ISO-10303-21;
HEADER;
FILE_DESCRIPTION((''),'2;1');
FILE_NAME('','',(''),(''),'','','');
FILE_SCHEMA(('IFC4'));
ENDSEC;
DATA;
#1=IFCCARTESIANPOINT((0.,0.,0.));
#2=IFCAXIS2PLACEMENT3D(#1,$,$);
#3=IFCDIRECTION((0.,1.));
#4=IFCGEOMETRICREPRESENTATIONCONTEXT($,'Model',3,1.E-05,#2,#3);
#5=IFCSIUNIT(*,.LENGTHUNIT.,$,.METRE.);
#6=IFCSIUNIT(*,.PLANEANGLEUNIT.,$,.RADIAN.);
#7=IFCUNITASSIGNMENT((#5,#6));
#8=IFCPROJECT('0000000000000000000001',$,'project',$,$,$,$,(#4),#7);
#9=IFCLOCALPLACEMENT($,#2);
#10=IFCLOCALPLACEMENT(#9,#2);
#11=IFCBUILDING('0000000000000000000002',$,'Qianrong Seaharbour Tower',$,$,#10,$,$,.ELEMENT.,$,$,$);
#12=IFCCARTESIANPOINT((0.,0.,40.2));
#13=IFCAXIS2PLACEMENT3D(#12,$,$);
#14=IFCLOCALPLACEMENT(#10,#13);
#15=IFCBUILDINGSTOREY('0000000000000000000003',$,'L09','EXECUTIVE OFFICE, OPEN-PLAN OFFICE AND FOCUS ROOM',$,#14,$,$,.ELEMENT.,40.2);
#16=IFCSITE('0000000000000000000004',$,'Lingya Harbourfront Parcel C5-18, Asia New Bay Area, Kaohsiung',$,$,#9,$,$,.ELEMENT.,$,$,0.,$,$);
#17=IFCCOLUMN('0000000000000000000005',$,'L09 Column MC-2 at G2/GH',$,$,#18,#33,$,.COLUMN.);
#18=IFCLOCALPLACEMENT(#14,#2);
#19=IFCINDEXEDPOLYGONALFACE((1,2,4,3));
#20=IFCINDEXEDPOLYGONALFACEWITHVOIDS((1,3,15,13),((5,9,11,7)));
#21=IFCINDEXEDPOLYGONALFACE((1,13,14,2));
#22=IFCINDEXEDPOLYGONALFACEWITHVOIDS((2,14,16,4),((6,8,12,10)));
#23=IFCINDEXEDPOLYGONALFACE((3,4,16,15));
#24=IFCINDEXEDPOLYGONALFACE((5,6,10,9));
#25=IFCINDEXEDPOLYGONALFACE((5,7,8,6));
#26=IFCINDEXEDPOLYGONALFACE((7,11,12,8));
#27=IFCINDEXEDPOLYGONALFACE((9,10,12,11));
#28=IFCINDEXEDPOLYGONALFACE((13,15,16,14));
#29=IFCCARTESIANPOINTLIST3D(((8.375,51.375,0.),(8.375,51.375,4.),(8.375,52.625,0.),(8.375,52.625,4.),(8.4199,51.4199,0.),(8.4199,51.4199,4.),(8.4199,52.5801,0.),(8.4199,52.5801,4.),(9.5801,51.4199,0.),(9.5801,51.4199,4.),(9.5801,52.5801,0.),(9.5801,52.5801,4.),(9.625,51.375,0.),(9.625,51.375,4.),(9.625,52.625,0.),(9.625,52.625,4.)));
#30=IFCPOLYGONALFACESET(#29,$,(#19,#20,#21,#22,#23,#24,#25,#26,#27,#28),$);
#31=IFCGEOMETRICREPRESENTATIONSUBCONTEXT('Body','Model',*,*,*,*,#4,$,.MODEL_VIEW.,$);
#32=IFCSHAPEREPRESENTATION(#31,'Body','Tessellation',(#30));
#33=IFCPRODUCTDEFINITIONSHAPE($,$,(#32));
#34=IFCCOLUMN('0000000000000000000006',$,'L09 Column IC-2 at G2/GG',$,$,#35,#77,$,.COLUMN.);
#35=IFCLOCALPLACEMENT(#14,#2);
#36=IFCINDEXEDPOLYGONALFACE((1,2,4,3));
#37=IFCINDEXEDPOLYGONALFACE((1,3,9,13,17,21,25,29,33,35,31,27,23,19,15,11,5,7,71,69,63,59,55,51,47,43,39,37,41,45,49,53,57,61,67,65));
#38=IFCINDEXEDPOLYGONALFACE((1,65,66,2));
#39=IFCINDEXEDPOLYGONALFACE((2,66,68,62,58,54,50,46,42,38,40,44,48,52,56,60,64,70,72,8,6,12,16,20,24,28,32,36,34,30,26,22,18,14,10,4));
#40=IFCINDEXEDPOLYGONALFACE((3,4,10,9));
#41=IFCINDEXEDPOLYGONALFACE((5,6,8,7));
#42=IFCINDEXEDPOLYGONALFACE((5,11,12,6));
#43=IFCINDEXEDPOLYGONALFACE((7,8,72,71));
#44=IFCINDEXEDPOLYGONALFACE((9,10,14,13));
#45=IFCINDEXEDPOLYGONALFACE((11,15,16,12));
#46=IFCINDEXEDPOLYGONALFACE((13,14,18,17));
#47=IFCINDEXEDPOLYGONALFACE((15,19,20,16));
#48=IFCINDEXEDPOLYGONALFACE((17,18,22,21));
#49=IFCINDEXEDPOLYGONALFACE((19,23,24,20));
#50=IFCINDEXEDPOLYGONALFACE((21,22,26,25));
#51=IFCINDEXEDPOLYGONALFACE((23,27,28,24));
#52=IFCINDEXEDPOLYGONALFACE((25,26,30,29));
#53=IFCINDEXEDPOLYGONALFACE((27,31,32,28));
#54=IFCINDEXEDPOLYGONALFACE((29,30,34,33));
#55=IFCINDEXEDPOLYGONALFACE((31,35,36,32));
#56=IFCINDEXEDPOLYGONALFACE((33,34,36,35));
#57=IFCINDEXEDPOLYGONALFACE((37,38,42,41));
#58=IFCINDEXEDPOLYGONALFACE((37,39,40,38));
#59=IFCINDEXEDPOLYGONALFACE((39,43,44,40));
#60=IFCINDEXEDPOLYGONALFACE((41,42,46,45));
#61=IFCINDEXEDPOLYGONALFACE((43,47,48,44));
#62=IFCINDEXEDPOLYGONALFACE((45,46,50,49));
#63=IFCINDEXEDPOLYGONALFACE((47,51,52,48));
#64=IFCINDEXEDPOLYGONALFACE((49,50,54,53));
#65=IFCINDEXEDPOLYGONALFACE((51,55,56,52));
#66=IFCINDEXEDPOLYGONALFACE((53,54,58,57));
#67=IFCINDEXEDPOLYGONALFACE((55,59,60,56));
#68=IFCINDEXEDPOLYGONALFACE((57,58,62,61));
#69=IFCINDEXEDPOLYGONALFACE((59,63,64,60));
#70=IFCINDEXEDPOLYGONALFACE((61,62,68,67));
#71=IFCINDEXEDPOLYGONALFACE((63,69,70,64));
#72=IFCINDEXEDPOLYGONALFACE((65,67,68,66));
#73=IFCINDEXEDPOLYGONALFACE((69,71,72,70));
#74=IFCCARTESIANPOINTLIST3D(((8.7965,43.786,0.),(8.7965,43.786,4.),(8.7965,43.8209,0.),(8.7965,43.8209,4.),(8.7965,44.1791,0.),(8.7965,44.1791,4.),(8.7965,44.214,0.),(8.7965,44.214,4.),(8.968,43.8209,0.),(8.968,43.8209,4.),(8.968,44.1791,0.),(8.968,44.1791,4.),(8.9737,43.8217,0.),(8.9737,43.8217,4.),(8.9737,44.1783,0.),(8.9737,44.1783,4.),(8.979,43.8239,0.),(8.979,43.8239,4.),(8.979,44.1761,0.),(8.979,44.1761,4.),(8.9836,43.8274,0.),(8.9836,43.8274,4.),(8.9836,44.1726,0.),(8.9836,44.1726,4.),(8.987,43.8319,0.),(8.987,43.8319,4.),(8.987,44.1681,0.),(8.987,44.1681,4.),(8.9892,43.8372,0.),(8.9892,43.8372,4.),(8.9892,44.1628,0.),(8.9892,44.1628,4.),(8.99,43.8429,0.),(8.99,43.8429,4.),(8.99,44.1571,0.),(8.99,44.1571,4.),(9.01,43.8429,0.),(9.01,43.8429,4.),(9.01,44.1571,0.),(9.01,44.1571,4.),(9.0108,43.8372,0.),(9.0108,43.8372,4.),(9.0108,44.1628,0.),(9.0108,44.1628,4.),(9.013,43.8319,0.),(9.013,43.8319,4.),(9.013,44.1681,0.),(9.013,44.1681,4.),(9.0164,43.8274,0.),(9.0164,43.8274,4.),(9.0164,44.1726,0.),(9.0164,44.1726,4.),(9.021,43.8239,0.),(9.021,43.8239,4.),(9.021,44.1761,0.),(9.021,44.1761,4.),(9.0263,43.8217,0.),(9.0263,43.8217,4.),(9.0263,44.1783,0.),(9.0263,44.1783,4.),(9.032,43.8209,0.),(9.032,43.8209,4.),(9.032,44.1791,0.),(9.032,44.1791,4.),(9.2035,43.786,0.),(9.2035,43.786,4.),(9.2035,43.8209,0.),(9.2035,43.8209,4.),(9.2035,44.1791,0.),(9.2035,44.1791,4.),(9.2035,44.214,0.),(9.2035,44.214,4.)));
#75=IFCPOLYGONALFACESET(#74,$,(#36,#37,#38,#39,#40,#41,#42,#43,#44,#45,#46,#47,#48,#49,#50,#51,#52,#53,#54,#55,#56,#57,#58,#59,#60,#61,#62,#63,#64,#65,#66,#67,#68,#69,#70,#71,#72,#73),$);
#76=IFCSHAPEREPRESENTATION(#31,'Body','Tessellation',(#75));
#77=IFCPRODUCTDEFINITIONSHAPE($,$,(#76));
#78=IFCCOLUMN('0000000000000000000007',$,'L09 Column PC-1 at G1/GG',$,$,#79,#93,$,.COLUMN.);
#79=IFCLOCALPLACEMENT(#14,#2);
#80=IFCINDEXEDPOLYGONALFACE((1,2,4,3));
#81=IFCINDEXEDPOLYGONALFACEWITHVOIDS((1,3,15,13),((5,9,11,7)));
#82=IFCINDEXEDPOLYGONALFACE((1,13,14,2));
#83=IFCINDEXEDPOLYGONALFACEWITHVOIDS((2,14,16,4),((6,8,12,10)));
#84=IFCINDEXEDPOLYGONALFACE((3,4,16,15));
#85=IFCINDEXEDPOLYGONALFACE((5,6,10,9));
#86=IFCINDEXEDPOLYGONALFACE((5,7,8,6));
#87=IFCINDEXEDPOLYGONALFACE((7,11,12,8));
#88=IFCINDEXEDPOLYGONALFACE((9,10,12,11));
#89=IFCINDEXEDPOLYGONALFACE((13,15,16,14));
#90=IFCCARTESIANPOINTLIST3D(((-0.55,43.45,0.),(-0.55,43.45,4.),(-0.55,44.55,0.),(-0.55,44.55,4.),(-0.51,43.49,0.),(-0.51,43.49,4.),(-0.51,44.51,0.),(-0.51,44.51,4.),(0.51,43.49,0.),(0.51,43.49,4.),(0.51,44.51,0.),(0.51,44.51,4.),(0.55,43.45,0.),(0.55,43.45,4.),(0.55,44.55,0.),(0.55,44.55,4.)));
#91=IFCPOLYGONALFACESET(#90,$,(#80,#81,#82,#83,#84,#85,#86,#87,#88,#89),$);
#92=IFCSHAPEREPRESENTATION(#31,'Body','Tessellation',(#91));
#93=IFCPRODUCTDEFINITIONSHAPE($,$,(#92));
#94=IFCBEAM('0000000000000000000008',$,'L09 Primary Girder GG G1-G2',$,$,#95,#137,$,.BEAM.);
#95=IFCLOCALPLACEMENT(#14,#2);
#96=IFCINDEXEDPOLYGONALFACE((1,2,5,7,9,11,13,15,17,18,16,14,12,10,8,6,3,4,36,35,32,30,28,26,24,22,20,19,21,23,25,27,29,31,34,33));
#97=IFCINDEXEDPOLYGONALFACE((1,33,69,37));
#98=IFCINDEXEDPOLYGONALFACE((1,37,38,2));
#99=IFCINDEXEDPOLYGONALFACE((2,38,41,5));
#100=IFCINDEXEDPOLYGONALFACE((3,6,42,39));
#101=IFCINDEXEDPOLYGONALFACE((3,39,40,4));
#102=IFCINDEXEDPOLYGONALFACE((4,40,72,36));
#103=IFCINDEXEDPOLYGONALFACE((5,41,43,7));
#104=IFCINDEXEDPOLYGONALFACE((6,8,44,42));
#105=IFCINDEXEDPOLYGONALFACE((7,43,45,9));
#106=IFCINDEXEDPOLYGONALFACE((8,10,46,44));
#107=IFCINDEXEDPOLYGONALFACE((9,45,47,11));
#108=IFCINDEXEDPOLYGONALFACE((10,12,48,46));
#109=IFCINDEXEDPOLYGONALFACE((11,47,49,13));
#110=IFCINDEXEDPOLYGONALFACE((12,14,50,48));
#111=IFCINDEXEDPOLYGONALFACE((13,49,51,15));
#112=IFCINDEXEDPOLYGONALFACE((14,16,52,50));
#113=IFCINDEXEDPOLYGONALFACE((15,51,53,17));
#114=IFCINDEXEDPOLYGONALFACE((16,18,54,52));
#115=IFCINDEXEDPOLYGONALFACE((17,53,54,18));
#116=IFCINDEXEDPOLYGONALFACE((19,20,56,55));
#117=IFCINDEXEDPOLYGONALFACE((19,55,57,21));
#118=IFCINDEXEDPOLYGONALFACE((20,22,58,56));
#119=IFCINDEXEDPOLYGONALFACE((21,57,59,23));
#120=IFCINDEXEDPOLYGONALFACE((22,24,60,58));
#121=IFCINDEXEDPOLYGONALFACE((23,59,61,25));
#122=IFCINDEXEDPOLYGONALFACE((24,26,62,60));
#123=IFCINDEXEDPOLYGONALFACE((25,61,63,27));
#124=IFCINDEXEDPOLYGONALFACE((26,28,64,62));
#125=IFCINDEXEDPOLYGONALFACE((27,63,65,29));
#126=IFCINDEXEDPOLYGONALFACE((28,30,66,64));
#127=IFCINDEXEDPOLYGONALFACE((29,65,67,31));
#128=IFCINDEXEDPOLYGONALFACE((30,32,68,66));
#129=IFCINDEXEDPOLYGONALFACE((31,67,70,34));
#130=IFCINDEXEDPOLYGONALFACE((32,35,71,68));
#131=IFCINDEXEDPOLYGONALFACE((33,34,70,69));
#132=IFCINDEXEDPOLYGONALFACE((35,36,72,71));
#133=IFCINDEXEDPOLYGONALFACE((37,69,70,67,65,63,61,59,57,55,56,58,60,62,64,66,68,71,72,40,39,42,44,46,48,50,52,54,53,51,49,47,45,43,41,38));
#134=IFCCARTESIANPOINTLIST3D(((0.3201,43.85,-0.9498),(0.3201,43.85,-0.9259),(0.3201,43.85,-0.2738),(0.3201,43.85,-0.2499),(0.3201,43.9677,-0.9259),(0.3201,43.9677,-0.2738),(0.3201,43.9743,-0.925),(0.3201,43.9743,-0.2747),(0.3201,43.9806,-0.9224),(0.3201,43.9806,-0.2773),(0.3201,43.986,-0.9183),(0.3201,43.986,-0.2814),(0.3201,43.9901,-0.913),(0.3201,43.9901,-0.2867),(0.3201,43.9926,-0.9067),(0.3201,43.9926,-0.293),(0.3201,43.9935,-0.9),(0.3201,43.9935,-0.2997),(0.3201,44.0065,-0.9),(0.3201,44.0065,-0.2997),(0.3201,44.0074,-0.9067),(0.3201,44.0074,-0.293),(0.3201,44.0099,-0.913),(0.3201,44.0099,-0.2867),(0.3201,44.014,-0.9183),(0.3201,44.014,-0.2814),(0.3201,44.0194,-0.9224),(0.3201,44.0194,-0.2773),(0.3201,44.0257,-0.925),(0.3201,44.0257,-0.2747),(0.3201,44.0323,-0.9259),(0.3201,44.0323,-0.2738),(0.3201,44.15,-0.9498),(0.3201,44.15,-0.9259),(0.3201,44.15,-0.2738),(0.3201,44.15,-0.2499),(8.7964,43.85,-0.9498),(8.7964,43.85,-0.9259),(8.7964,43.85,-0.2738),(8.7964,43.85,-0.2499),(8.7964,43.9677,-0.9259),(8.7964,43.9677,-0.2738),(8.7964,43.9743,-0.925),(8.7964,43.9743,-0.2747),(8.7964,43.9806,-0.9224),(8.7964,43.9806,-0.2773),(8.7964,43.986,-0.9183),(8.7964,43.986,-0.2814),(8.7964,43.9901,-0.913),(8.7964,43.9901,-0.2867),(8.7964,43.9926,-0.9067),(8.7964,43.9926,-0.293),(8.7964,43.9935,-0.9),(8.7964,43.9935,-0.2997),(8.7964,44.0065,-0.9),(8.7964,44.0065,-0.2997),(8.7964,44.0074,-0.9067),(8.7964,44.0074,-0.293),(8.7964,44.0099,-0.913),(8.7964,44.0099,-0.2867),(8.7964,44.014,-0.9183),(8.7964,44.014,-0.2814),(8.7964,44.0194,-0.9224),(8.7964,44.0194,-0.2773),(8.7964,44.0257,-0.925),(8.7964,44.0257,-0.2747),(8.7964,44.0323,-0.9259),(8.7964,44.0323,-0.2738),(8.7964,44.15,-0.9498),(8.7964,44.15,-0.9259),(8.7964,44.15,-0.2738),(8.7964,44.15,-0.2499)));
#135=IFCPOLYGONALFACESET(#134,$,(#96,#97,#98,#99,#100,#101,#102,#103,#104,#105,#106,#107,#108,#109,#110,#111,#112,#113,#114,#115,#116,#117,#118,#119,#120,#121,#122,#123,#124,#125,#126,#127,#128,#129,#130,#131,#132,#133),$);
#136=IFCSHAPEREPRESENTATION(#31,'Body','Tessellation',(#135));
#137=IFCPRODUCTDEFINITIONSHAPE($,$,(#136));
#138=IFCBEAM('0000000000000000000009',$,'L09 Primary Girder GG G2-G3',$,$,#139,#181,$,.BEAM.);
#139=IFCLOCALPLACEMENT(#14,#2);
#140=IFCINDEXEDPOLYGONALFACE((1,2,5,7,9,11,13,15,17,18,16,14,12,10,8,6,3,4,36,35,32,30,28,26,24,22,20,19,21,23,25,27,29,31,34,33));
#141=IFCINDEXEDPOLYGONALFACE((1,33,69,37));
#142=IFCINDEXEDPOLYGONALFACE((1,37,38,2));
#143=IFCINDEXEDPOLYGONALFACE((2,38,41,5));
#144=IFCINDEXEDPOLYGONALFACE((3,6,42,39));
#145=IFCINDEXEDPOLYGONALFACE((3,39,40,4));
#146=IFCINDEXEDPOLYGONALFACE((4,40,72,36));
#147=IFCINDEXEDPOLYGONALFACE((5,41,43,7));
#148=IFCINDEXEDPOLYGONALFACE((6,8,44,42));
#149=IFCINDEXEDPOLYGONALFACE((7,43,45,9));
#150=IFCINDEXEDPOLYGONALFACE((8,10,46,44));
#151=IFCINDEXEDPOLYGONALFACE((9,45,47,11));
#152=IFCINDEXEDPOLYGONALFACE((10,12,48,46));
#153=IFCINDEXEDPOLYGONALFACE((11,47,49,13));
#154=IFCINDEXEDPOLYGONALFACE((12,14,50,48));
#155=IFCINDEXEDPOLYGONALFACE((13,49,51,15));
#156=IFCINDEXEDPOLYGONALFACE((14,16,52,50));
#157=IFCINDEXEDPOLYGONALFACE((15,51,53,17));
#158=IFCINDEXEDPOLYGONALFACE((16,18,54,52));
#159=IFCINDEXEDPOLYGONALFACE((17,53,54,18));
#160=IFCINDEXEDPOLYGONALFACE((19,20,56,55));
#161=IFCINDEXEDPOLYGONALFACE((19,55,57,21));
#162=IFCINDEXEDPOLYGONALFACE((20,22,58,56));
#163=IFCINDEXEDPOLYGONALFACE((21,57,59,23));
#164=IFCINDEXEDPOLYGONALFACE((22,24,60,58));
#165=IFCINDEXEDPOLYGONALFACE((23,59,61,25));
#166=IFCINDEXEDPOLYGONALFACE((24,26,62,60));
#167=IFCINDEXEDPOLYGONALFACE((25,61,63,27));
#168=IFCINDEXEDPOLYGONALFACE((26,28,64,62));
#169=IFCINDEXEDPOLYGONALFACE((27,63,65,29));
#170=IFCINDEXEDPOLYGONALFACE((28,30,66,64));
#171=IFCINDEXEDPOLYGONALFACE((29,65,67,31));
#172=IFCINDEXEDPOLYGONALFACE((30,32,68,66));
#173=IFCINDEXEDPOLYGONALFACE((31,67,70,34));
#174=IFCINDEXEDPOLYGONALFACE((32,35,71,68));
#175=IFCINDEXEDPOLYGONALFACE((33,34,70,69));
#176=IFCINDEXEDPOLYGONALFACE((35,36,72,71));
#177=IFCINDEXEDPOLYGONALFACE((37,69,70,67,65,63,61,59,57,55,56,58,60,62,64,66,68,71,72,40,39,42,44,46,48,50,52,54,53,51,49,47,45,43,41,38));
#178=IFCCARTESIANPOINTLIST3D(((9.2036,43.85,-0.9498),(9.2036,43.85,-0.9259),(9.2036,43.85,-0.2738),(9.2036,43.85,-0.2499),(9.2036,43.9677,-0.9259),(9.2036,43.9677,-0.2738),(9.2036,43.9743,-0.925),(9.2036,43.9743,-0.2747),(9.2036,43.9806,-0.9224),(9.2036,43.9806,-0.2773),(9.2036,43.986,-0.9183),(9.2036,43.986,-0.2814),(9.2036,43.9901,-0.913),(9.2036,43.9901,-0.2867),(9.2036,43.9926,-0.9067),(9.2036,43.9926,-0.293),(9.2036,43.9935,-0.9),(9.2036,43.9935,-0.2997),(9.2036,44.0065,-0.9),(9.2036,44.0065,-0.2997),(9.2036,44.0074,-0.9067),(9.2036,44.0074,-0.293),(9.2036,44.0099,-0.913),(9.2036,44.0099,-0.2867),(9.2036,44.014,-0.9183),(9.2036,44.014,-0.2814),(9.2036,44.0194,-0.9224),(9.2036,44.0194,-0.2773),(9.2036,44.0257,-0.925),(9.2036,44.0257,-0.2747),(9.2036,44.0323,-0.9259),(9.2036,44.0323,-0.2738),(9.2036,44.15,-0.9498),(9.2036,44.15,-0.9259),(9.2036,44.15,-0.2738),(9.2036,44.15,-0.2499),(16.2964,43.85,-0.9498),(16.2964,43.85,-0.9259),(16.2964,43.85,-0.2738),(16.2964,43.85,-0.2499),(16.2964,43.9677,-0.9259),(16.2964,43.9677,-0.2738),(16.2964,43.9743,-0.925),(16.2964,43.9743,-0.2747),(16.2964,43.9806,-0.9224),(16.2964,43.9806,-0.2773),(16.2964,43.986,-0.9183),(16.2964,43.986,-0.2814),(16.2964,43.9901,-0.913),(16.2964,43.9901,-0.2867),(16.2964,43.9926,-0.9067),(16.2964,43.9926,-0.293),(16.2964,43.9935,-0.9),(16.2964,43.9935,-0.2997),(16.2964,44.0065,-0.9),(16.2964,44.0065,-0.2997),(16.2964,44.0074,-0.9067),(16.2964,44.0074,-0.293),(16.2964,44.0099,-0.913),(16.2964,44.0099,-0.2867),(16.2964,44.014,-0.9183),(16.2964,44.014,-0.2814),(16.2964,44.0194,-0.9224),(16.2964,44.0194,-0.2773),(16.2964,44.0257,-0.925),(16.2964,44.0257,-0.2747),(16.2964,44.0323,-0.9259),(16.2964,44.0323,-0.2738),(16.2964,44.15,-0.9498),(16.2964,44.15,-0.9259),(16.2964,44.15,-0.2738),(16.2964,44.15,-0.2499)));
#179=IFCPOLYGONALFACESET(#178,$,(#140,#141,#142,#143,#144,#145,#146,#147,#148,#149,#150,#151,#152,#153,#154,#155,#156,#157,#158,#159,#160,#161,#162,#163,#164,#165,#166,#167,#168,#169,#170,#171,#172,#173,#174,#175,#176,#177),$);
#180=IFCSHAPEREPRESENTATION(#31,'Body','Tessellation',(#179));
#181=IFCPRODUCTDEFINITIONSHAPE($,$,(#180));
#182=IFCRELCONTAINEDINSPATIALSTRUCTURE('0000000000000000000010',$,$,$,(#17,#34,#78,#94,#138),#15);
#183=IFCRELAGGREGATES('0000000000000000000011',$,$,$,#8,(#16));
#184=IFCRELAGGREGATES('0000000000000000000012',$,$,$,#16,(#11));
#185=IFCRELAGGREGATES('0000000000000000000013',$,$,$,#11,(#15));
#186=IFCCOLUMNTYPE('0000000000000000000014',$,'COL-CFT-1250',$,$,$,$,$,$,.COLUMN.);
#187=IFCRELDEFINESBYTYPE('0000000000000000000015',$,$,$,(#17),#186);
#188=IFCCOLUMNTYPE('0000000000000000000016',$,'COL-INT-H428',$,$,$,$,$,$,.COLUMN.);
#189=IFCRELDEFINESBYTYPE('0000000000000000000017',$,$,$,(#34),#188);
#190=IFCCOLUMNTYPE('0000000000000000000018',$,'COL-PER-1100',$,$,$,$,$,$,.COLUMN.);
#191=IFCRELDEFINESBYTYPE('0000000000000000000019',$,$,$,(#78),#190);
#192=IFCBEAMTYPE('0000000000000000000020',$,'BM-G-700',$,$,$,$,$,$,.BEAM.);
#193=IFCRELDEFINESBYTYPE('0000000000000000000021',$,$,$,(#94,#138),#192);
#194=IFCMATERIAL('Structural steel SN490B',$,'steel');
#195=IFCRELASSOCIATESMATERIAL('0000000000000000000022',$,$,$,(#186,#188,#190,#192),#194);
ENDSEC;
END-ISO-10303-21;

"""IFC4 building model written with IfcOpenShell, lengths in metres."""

from ifc_helpers import new_model, si_unit, direction, frame, origin, origin_2d, place, context, subcontext, project, spatial, hollow_rectangle, i_section, extrude, material, material_profile, profile_set, type_object, element, save


model = new_model("IFC4")

# Units and contexts
model_context = context("Model", 3, precision=1e-05, world=origin(), true_north=direction((0.0, 1.0)))
body_context = subcontext(model_context, "Body", "Model", "MODEL_VIEW")
ifc_project = project(units=[si_unit("LENGTHUNIT", "METRE"), si_unit("PLANEANGLEUNIT", "RADIAN")], contexts=[model_context])

# Site, building, storey
site_placement = place(None, origin())
site = spatial("IfcSite", under=ifc_project, at=site_placement, Name="Lingya Harbourfront Parcel C5-18, Asia New Bay Area, Kaohsiung", CompositionType="ELEMENT", RefElevation=0.0)
building_placement = place(site_placement, origin())
building = spatial("IfcBuilding", under=site, at=building_placement, Name="Qianrong Seaharbour Tower", CompositionType="ELEMENT")
storey_placement = place(building_placement, frame((0.0, 0.0, 40.2)))
storey = spatial("IfcBuildingStorey", under=building, at=storey_placement, Name="L09", Description="EXECUTIVE OFFICE, OPEN-PLAN OFFICE AND FOCUS ROOM", CompositionType="ELEMENT", Elevation=40.2)

# Columns
ifc_material_1 = material(Name="Structural steel SN490B", Category="steel")
ifc_material_profile_1 = material_profile(ifc_material_1, hollow_rectangle(XDim=1.25, YDim=1.25, WallThickness=0.0449, at=origin_2d()), Name="BOX1250x1250x45")
ifc_profile_set_1 = profile_set([ifc_material_profile_1], Name="Structural steel SN490B")
column_type_1 = type_object("IfcColumnType", Name="COL-CFT-1250", PredefinedType="COLUMN", material=ifc_profile_set_1)
column_1_placement = place(storey_placement, frame((9.0, 52.0, 0.0), z_axis=(0.0, 0.0, 1.0), x_axis=(1.0, 0.0, 0.0)))
element("IfcColumn", 1, at=column_1_placement, inside=storey, type_object=column_type_1, Name="L09 Column MC-2 at G2/GH", PredefinedType="COLUMN", context=body_context, shape_type="SweptSolid", body=[
    extrude(hollow_rectangle(XDim=1.25, YDim=1.25, WallThickness=0.0449, at=origin_2d()), origin(), (0.0, 0.0, 1.0), 4.0),
])
ifc_material_profile_2 = material_profile(ifc_material_1, i_section(OverallWidth=0.407, OverallDepth=0.428, WebThickness=0.02, FlangeThickness=0.0349, FilletRadius=0.022, at=origin_2d()), Name="H428x407x20x35")
ifc_profile_set_2 = profile_set([ifc_material_profile_2], Name="Structural steel SN490B")
column_type_2 = type_object("IfcColumnType", Name="COL-INT-H428", PredefinedType="COLUMN", material=ifc_profile_set_2)
column_2_placement = place(storey_placement, frame((9.0, 44.0, 0.0), z_axis=(0.0, 0.0, 1.0), x_axis=(1.0, 0.0, 0.0)))
element("IfcColumn", 2, at=column_2_placement, inside=storey, type_object=column_type_2, Name="L09 Column IC-2 at G2/GG", PredefinedType="COLUMN", context=body_context, shape_type="SweptSolid", body=[
    extrude(i_section(OverallWidth=0.407, OverallDepth=0.428, WebThickness=0.02, FlangeThickness=0.0349, FilletRadius=0.022, at=origin_2d()), origin(), (0.0, 0.0, 1.0), 4.0),
])
ifc_material_profile_3 = material_profile(ifc_material_1, hollow_rectangle(XDim=1.1001, YDim=1.1001, WallThickness=0.04, at=origin_2d()), Name="BOX1100x1100x40")
ifc_profile_set_3 = profile_set([ifc_material_profile_3], Name="Structural steel SN490B")
column_type_3 = type_object("IfcColumnType", Name="COL-PER-1100", PredefinedType="COLUMN", material=ifc_profile_set_3)
column_3_placement = place(storey_placement, frame((0.0, 44.0, 0.0), z_axis=(0.0, 0.0, 1.0), x_axis=(1.0, 0.0, 0.0)))
element("IfcColumn", 3, at=column_3_placement, inside=storey, type_object=column_type_3, Name="L09 Column PC-1 at G1/GG", PredefinedType="COLUMN", context=body_context, shape_type="SweptSolid", body=[
    extrude(hollow_rectangle(XDim=1.1001, YDim=1.1001, WallThickness=0.04, at=origin_2d()), origin(), (0.0, 0.0, 1.0), 4.0),
])

# Beams
ifc_material_profile_4 = material_profile(ifc_material_1, i_section(OverallWidth=0.3, OverallDepth=0.7, WebThickness=0.0129, FlangeThickness=0.0239, FilletRadius=0.0259, at=origin_2d()), Name="H700x300x13x24")
ifc_profile_set_4 = profile_set([ifc_material_profile_4], Name="Structural steel SN490B")
beam_type_1 = type_object("IfcBeamType", Name="BM-G-700", PredefinedType="BEAM", material=ifc_profile_set_4)
beam_1_placement = place(storey_placement, frame((0.3201, 44.0, -0.5999), z_axis=(1.0, 0.0, 0.0), x_axis=(0.0, 1.0, 0.0)))
element("IfcBeam", 4, at=beam_1_placement, inside=storey, type_object=beam_type_1, Name="L09 Primary Girder GG G1-G2", PredefinedType="BEAM", context=body_context, shape_type="SweptSolid", body=[
    extrude(i_section(OverallWidth=0.3, OverallDepth=0.7, WebThickness=0.0129, FlangeThickness=0.0239, FilletRadius=0.0259, at=origin_2d()), origin(), (0.0, 0.0, 1.0), 8.4763),
])
beam_2_placement = place(storey_placement, frame((9.2036, 44.0, -0.5999), z_axis=(1.0, 0.0, 0.0), x_axis=(0.0, 1.0, 0.0)))
element("IfcBeam", 5, at=beam_2_placement, inside=storey, type_object=beam_type_1, Name="L09 Primary Girder GG G2-G3", PredefinedType="BEAM", context=body_context, shape_type="SweptSolid", body=[
    extrude(i_section(OverallWidth=0.3, OverallDepth=0.7, WebThickness=0.0129, FlangeThickness=0.0239, FilletRadius=0.0259, at=origin_2d()), origin(), (0.0, 0.0, 1.0), 7.0928),
])

save(model, "model.ifc")
